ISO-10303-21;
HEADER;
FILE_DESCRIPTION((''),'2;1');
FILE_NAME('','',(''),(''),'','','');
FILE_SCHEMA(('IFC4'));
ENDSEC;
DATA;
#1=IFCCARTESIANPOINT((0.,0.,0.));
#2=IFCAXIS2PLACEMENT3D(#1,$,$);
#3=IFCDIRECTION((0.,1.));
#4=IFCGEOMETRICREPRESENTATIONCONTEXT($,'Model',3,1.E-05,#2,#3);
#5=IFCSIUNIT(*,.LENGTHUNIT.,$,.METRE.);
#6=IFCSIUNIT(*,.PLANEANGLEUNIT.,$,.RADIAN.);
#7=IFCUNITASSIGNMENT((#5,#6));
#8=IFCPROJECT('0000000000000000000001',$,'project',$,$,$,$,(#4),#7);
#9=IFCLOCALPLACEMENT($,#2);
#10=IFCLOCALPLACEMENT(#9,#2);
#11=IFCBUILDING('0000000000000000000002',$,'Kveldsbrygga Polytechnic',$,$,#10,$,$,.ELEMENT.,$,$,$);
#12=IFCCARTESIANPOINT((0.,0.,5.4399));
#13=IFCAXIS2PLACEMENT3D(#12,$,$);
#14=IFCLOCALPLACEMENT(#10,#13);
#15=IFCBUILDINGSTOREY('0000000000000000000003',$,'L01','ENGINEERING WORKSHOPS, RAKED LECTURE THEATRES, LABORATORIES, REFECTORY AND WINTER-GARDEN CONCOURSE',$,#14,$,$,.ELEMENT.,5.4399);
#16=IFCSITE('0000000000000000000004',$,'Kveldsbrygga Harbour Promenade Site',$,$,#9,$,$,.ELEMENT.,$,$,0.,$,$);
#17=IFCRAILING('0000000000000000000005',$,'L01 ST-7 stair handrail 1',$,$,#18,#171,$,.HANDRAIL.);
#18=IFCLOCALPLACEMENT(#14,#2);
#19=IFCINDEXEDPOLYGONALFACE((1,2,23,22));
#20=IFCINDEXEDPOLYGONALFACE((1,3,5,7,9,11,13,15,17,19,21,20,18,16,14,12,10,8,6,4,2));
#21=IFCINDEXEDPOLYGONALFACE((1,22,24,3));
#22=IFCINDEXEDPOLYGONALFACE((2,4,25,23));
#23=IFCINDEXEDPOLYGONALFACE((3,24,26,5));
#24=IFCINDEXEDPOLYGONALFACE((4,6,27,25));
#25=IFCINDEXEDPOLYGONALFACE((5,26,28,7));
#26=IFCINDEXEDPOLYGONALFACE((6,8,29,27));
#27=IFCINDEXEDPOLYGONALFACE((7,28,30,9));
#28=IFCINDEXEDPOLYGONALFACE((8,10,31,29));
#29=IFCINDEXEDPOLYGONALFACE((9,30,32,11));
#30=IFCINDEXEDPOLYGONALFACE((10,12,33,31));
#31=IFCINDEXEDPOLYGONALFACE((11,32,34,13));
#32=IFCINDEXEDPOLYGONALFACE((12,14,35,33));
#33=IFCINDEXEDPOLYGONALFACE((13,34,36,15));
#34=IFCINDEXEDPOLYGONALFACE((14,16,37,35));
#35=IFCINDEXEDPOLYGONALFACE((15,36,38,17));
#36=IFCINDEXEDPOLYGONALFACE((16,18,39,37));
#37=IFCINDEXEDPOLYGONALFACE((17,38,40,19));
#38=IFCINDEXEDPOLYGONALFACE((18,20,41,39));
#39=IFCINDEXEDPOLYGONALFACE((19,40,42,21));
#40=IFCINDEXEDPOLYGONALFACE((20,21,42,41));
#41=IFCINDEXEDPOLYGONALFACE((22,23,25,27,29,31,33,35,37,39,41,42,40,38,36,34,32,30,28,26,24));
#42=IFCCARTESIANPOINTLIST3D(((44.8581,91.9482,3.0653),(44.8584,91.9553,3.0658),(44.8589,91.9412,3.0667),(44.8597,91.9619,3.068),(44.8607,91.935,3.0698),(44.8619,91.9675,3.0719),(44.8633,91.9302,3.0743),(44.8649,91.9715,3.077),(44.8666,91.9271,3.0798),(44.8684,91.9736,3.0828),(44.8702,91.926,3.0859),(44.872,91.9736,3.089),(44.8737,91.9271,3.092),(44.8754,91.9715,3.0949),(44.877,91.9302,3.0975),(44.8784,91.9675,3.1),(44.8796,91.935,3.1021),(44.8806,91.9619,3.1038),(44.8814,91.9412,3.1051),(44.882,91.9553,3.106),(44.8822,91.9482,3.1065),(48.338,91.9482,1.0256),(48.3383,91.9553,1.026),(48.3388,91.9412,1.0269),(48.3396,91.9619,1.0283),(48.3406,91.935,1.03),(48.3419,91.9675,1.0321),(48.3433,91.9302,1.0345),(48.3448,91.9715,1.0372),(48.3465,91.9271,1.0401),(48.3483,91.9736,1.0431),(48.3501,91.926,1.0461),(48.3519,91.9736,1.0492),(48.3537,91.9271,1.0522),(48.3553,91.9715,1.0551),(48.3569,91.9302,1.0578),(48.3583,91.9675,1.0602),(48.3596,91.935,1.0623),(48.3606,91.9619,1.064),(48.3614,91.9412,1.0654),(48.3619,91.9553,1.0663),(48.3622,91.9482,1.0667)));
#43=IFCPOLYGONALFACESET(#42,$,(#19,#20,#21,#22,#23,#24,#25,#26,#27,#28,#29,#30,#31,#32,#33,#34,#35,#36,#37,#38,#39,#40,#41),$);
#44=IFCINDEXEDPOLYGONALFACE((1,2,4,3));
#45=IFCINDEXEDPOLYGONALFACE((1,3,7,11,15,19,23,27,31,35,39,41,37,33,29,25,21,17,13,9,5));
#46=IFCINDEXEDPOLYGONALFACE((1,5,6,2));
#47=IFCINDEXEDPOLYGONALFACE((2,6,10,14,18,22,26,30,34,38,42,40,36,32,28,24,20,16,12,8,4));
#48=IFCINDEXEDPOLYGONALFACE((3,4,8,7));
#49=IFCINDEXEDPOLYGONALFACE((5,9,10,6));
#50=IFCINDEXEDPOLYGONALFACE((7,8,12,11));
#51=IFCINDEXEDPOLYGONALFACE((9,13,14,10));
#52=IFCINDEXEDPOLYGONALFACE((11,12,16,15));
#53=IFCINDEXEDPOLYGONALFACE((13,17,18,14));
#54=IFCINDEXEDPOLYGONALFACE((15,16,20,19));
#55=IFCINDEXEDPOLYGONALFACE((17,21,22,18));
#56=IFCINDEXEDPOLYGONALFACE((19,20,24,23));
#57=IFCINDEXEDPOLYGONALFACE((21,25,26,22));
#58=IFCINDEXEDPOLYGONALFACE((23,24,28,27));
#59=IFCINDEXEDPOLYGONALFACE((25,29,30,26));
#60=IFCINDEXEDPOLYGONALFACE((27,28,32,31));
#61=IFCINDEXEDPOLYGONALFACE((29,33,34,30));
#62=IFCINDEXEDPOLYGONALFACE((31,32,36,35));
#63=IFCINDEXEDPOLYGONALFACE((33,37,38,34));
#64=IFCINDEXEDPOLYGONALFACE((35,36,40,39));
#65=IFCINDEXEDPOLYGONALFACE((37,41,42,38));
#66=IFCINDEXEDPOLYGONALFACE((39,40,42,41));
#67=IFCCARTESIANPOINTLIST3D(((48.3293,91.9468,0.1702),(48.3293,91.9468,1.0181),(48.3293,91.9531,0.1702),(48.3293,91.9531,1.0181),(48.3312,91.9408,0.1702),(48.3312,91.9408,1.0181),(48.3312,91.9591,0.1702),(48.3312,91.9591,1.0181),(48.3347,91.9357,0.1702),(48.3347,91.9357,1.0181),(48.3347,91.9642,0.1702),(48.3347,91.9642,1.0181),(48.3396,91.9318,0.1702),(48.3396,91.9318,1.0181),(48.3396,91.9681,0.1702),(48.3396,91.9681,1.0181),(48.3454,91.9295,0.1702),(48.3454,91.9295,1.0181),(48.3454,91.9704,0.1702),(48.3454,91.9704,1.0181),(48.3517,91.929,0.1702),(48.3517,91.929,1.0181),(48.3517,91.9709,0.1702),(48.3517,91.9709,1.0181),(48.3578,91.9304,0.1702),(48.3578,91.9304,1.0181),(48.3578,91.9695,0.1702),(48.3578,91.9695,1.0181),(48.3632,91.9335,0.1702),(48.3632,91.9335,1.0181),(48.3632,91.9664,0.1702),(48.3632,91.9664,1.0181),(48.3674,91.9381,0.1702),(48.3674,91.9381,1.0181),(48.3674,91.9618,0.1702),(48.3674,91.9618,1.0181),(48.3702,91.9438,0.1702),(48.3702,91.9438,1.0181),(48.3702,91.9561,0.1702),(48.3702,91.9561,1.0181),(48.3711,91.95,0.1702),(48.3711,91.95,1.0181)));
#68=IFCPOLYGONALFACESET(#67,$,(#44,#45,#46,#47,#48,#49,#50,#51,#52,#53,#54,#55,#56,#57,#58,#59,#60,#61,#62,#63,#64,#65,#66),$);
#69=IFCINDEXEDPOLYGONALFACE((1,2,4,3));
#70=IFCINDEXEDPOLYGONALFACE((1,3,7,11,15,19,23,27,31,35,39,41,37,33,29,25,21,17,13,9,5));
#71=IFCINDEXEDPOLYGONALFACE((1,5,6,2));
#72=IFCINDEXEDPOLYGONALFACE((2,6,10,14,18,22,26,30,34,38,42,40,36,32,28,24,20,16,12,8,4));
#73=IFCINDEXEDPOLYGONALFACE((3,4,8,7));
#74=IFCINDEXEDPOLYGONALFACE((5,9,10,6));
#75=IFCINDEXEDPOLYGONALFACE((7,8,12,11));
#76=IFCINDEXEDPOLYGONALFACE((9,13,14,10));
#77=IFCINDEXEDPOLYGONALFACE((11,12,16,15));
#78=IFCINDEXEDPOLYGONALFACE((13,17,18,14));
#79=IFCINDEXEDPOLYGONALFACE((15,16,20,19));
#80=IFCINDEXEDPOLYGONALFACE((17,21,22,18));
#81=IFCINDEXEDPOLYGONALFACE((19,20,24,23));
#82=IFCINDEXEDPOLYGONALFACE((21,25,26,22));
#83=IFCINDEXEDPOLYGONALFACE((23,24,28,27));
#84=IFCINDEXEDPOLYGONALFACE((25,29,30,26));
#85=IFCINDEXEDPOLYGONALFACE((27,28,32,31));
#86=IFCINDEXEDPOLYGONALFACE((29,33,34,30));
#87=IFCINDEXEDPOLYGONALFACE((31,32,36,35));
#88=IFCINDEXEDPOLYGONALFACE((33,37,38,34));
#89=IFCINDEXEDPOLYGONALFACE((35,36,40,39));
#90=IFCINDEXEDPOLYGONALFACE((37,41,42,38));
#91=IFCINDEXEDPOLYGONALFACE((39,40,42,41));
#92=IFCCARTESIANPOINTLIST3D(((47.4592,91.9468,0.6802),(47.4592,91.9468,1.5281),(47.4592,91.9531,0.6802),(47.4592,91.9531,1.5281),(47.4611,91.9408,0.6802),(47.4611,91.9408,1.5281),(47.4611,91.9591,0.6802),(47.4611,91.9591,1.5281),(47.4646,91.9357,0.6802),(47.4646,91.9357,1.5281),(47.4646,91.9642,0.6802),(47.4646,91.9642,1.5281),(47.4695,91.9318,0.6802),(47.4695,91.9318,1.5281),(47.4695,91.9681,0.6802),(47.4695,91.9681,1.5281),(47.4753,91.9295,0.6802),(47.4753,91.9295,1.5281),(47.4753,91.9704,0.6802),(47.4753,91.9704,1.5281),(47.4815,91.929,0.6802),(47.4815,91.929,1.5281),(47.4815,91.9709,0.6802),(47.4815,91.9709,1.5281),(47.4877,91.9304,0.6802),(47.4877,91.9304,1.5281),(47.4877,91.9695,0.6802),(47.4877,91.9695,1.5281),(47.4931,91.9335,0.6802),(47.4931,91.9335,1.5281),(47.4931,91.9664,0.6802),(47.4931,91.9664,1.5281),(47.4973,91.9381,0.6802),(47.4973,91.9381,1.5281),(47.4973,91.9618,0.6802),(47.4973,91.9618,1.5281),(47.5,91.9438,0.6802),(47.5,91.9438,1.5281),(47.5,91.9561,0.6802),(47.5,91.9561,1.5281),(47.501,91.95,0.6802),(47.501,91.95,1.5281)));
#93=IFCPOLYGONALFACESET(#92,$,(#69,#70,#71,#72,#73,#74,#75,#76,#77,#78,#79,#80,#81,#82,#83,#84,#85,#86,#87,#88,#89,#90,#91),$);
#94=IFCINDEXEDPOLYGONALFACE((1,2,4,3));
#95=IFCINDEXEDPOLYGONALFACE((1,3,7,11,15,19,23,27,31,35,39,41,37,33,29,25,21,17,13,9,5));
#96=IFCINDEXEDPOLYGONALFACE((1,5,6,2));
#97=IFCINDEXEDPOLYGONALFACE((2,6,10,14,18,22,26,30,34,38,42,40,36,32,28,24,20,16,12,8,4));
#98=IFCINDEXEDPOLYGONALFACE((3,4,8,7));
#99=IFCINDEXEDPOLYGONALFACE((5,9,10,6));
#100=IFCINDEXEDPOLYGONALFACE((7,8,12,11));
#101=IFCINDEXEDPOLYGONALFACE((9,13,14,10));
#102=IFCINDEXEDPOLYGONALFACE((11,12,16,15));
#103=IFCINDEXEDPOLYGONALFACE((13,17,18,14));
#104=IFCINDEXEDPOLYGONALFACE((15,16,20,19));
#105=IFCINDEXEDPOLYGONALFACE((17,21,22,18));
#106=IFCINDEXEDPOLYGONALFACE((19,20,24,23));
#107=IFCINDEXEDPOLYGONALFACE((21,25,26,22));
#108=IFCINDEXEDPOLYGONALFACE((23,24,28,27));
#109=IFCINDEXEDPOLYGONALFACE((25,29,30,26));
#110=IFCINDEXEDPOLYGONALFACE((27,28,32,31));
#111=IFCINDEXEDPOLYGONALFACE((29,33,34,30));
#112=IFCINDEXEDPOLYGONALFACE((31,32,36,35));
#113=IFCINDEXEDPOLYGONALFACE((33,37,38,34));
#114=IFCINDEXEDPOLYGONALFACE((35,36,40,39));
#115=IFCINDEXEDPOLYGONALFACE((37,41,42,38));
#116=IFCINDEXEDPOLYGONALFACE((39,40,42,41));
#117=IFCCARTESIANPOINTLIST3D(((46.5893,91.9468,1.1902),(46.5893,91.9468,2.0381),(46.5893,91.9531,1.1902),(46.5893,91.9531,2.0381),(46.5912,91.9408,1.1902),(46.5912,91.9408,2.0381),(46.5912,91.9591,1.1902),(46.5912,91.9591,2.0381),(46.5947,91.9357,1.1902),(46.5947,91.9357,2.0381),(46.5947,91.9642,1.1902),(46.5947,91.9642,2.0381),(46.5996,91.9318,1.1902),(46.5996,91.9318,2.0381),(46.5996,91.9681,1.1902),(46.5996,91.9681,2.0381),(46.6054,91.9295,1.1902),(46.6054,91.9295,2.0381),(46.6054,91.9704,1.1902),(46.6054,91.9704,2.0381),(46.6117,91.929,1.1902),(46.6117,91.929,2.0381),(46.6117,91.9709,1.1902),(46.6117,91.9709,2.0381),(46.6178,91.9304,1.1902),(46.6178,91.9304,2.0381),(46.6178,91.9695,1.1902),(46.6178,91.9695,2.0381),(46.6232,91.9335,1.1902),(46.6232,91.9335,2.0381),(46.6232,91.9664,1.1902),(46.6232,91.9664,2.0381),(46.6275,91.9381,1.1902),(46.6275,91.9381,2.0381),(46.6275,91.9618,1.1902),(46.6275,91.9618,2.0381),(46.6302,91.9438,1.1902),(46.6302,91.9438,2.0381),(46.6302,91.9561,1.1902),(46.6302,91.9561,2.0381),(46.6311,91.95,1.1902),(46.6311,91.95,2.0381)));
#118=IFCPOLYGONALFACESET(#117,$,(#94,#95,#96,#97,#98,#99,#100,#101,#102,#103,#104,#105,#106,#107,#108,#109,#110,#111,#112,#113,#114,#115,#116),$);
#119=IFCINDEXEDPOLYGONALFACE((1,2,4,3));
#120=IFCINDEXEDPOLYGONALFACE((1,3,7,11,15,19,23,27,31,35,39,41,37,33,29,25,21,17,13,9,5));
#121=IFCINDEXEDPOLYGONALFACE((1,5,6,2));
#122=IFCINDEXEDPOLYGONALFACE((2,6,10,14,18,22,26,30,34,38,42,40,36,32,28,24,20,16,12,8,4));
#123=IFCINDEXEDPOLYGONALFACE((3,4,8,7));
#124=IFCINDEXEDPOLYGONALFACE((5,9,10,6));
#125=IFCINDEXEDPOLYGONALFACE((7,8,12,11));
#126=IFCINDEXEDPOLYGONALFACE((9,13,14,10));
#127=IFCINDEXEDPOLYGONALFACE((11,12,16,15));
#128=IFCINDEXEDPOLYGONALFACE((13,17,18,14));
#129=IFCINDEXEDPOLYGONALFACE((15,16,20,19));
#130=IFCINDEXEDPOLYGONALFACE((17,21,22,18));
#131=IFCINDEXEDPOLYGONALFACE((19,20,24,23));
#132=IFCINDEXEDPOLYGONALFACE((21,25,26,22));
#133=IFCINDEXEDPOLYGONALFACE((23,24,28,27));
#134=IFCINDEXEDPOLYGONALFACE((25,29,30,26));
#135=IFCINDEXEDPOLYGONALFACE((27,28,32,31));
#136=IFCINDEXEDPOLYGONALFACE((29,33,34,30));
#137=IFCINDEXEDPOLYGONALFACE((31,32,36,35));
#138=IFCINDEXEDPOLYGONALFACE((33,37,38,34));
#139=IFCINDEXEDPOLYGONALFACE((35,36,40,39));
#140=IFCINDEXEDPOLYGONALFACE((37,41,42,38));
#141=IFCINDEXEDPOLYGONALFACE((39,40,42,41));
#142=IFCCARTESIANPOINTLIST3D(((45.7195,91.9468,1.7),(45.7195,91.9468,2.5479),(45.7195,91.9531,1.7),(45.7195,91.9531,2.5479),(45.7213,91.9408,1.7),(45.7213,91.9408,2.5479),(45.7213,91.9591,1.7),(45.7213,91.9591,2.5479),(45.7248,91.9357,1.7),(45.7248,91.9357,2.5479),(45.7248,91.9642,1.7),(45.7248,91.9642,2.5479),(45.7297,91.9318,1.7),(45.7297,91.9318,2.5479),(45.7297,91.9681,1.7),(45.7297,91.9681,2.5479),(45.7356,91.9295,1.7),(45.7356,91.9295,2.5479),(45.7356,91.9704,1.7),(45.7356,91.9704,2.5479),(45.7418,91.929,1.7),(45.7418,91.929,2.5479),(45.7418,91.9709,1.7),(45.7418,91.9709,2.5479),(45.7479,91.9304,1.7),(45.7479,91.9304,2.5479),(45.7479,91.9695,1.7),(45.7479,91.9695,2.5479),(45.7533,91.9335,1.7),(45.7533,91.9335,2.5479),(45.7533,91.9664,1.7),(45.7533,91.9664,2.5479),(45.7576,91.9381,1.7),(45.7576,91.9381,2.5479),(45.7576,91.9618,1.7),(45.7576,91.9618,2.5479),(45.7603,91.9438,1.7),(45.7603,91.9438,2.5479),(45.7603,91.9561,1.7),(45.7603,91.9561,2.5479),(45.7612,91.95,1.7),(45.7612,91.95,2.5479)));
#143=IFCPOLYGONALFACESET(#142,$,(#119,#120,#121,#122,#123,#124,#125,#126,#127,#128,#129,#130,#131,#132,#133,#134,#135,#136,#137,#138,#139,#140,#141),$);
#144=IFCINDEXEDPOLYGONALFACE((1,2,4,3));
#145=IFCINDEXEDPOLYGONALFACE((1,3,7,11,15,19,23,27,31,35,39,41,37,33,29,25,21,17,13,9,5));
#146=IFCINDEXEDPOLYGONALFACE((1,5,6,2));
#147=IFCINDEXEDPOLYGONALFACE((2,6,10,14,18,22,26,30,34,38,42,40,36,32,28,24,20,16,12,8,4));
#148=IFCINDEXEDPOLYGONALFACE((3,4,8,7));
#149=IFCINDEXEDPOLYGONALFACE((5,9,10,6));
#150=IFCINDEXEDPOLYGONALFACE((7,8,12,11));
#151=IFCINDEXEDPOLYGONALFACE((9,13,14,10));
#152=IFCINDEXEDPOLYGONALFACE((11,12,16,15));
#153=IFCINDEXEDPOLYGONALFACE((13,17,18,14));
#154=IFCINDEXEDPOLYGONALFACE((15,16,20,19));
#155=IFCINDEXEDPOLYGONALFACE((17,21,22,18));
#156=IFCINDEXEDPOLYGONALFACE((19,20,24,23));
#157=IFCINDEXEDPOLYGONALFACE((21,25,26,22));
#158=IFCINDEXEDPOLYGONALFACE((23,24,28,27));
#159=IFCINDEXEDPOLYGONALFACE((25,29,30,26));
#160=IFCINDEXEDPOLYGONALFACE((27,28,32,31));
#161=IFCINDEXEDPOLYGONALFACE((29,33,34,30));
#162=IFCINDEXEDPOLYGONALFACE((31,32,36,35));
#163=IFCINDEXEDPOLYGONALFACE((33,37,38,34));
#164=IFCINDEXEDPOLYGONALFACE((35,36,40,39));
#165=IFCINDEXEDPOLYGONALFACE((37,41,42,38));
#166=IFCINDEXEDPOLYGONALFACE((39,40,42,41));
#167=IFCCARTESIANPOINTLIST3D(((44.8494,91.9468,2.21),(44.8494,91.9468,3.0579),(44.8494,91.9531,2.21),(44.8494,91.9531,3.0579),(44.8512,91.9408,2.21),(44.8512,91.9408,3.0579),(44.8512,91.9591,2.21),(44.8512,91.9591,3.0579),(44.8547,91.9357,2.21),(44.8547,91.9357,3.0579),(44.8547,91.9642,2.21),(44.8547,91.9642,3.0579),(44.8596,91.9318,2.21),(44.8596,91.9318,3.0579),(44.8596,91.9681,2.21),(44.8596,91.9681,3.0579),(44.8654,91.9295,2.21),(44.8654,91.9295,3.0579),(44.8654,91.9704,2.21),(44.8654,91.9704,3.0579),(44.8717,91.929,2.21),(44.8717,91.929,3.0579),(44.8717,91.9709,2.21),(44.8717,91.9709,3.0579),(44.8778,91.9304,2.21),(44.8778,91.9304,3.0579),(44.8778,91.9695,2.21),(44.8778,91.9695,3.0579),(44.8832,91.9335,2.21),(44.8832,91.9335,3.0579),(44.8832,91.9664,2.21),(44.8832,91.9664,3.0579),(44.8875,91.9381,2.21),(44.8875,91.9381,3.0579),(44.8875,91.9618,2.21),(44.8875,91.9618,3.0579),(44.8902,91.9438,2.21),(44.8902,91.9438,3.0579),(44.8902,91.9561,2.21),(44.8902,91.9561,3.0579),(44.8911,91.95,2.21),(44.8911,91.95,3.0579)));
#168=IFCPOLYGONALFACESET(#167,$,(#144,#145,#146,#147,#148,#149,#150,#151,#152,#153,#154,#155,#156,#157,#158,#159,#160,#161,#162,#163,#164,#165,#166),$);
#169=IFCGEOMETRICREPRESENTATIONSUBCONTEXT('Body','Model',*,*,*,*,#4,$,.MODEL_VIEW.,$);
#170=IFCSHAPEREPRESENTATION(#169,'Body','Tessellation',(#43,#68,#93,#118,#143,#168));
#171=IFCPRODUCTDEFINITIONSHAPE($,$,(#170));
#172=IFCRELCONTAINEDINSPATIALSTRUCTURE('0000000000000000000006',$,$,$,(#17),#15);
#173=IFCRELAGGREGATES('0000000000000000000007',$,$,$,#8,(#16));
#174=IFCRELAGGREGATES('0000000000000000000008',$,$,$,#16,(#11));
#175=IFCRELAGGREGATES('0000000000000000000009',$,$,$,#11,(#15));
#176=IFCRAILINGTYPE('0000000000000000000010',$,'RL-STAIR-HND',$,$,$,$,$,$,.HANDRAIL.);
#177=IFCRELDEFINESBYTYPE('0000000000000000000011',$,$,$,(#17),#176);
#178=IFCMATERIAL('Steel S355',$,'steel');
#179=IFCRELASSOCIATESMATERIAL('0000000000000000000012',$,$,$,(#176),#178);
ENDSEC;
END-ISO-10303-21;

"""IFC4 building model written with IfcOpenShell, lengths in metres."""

from ifc_helpers import new_model, si_unit, direction, frame, origin, origin_2d, place, context, subcontext, project, spatial, circle, extrude, material, type_object, element, save


model = new_model("IFC4")

# Units and contexts
model_context = context("Model", 3, precision=1e-05, world=origin(), true_north=direction((0.0, 1.0)))
body_context = subcontext(model_context, "Body", "Model", "MODEL_VIEW")
ifc_project = project(units=[si_unit("LENGTHUNIT", "METRE"), si_unit("PLANEANGLEUNIT", "RADIAN")], contexts=[model_context])

# Site, building, storey
site_placement = place(None, origin())
site = spatial("IfcSite", under=ifc_project, at=site_placement, Name="Kveldsbrygga Harbour Promenade Site", CompositionType="ELEMENT", RefElevation=0.0)
building_placement = place(site_placement, origin())
building = spatial("IfcBuilding", under=site, at=building_placement, Name="Kveldsbrygga Polytechnic", CompositionType="ELEMENT")
storey_placement = place(building_placement, frame((0.0, 0.0, 5.4399)))
storey = spatial("IfcBuildingStorey", under=building, at=storey_placement, Name="L01", Description="ENGINEERING WORKSHOPS, RAKED LECTURE THEATRES, LABORATORIES, REFECTORY AND WINTER-GARDEN CONCOURSE", CompositionType="ELEMENT", Elevation=5.4399)

# Shared definitions
ifc_material_1 = material(Name="Steel S355", Category="steel")

# Railing
railing_type_1 = type_object("IfcRailingType", Name="RL-STAIR-HND", PredefinedType="HANDRAIL", material=ifc_material_1)
railing_1_placement = place(storey_placement, frame((48.3501, 91.95, 0.1702)))
element("IfcRailing", 1, at=railing_1_placement, inside=storey, type_object=railing_type_1, Name="L01 ST-7 stair handrail 1", PredefinedType="HANDRAIL", context=body_context, shape_type="SweptSolid", body=[
    extrude(circle(Radius=0.0239, at=origin_2d()), frame((0.0, 0.0, 0.876), z_axis=(-0.862719, 0.0, 0.505684), x_axis=(0.0, -1.0, 0.0)), (0.0, 0.0, 1.0), 4.0337),
    extrude(circle(Radius=0.021, at=origin_2d()), origin(), (0.0, 0.0, 1.0), 0.8479),
    extrude(circle(Radius=0.021, at=origin_2d()), frame((-0.8701, 0.0, 0.51)), (0.0, 0.0, 1.0), 0.8479),
    extrude(circle(Radius=0.021, at=origin_2d()), frame((-1.74, 0.0, 1.02)), (0.0, 0.0, 1.0), 0.8479),
    extrude(circle(Radius=0.021, at=origin_2d()), frame((-2.6099, 0.0, 1.5298)), (0.0, 0.0, 1.0), 0.8479),
    extrude(circle(Radius=0.021, at=origin_2d()), frame((-3.48, 0.0, 2.0398)), (0.0, 0.0, 1.0), 0.8479),
])

save(model, "model.ifc")
